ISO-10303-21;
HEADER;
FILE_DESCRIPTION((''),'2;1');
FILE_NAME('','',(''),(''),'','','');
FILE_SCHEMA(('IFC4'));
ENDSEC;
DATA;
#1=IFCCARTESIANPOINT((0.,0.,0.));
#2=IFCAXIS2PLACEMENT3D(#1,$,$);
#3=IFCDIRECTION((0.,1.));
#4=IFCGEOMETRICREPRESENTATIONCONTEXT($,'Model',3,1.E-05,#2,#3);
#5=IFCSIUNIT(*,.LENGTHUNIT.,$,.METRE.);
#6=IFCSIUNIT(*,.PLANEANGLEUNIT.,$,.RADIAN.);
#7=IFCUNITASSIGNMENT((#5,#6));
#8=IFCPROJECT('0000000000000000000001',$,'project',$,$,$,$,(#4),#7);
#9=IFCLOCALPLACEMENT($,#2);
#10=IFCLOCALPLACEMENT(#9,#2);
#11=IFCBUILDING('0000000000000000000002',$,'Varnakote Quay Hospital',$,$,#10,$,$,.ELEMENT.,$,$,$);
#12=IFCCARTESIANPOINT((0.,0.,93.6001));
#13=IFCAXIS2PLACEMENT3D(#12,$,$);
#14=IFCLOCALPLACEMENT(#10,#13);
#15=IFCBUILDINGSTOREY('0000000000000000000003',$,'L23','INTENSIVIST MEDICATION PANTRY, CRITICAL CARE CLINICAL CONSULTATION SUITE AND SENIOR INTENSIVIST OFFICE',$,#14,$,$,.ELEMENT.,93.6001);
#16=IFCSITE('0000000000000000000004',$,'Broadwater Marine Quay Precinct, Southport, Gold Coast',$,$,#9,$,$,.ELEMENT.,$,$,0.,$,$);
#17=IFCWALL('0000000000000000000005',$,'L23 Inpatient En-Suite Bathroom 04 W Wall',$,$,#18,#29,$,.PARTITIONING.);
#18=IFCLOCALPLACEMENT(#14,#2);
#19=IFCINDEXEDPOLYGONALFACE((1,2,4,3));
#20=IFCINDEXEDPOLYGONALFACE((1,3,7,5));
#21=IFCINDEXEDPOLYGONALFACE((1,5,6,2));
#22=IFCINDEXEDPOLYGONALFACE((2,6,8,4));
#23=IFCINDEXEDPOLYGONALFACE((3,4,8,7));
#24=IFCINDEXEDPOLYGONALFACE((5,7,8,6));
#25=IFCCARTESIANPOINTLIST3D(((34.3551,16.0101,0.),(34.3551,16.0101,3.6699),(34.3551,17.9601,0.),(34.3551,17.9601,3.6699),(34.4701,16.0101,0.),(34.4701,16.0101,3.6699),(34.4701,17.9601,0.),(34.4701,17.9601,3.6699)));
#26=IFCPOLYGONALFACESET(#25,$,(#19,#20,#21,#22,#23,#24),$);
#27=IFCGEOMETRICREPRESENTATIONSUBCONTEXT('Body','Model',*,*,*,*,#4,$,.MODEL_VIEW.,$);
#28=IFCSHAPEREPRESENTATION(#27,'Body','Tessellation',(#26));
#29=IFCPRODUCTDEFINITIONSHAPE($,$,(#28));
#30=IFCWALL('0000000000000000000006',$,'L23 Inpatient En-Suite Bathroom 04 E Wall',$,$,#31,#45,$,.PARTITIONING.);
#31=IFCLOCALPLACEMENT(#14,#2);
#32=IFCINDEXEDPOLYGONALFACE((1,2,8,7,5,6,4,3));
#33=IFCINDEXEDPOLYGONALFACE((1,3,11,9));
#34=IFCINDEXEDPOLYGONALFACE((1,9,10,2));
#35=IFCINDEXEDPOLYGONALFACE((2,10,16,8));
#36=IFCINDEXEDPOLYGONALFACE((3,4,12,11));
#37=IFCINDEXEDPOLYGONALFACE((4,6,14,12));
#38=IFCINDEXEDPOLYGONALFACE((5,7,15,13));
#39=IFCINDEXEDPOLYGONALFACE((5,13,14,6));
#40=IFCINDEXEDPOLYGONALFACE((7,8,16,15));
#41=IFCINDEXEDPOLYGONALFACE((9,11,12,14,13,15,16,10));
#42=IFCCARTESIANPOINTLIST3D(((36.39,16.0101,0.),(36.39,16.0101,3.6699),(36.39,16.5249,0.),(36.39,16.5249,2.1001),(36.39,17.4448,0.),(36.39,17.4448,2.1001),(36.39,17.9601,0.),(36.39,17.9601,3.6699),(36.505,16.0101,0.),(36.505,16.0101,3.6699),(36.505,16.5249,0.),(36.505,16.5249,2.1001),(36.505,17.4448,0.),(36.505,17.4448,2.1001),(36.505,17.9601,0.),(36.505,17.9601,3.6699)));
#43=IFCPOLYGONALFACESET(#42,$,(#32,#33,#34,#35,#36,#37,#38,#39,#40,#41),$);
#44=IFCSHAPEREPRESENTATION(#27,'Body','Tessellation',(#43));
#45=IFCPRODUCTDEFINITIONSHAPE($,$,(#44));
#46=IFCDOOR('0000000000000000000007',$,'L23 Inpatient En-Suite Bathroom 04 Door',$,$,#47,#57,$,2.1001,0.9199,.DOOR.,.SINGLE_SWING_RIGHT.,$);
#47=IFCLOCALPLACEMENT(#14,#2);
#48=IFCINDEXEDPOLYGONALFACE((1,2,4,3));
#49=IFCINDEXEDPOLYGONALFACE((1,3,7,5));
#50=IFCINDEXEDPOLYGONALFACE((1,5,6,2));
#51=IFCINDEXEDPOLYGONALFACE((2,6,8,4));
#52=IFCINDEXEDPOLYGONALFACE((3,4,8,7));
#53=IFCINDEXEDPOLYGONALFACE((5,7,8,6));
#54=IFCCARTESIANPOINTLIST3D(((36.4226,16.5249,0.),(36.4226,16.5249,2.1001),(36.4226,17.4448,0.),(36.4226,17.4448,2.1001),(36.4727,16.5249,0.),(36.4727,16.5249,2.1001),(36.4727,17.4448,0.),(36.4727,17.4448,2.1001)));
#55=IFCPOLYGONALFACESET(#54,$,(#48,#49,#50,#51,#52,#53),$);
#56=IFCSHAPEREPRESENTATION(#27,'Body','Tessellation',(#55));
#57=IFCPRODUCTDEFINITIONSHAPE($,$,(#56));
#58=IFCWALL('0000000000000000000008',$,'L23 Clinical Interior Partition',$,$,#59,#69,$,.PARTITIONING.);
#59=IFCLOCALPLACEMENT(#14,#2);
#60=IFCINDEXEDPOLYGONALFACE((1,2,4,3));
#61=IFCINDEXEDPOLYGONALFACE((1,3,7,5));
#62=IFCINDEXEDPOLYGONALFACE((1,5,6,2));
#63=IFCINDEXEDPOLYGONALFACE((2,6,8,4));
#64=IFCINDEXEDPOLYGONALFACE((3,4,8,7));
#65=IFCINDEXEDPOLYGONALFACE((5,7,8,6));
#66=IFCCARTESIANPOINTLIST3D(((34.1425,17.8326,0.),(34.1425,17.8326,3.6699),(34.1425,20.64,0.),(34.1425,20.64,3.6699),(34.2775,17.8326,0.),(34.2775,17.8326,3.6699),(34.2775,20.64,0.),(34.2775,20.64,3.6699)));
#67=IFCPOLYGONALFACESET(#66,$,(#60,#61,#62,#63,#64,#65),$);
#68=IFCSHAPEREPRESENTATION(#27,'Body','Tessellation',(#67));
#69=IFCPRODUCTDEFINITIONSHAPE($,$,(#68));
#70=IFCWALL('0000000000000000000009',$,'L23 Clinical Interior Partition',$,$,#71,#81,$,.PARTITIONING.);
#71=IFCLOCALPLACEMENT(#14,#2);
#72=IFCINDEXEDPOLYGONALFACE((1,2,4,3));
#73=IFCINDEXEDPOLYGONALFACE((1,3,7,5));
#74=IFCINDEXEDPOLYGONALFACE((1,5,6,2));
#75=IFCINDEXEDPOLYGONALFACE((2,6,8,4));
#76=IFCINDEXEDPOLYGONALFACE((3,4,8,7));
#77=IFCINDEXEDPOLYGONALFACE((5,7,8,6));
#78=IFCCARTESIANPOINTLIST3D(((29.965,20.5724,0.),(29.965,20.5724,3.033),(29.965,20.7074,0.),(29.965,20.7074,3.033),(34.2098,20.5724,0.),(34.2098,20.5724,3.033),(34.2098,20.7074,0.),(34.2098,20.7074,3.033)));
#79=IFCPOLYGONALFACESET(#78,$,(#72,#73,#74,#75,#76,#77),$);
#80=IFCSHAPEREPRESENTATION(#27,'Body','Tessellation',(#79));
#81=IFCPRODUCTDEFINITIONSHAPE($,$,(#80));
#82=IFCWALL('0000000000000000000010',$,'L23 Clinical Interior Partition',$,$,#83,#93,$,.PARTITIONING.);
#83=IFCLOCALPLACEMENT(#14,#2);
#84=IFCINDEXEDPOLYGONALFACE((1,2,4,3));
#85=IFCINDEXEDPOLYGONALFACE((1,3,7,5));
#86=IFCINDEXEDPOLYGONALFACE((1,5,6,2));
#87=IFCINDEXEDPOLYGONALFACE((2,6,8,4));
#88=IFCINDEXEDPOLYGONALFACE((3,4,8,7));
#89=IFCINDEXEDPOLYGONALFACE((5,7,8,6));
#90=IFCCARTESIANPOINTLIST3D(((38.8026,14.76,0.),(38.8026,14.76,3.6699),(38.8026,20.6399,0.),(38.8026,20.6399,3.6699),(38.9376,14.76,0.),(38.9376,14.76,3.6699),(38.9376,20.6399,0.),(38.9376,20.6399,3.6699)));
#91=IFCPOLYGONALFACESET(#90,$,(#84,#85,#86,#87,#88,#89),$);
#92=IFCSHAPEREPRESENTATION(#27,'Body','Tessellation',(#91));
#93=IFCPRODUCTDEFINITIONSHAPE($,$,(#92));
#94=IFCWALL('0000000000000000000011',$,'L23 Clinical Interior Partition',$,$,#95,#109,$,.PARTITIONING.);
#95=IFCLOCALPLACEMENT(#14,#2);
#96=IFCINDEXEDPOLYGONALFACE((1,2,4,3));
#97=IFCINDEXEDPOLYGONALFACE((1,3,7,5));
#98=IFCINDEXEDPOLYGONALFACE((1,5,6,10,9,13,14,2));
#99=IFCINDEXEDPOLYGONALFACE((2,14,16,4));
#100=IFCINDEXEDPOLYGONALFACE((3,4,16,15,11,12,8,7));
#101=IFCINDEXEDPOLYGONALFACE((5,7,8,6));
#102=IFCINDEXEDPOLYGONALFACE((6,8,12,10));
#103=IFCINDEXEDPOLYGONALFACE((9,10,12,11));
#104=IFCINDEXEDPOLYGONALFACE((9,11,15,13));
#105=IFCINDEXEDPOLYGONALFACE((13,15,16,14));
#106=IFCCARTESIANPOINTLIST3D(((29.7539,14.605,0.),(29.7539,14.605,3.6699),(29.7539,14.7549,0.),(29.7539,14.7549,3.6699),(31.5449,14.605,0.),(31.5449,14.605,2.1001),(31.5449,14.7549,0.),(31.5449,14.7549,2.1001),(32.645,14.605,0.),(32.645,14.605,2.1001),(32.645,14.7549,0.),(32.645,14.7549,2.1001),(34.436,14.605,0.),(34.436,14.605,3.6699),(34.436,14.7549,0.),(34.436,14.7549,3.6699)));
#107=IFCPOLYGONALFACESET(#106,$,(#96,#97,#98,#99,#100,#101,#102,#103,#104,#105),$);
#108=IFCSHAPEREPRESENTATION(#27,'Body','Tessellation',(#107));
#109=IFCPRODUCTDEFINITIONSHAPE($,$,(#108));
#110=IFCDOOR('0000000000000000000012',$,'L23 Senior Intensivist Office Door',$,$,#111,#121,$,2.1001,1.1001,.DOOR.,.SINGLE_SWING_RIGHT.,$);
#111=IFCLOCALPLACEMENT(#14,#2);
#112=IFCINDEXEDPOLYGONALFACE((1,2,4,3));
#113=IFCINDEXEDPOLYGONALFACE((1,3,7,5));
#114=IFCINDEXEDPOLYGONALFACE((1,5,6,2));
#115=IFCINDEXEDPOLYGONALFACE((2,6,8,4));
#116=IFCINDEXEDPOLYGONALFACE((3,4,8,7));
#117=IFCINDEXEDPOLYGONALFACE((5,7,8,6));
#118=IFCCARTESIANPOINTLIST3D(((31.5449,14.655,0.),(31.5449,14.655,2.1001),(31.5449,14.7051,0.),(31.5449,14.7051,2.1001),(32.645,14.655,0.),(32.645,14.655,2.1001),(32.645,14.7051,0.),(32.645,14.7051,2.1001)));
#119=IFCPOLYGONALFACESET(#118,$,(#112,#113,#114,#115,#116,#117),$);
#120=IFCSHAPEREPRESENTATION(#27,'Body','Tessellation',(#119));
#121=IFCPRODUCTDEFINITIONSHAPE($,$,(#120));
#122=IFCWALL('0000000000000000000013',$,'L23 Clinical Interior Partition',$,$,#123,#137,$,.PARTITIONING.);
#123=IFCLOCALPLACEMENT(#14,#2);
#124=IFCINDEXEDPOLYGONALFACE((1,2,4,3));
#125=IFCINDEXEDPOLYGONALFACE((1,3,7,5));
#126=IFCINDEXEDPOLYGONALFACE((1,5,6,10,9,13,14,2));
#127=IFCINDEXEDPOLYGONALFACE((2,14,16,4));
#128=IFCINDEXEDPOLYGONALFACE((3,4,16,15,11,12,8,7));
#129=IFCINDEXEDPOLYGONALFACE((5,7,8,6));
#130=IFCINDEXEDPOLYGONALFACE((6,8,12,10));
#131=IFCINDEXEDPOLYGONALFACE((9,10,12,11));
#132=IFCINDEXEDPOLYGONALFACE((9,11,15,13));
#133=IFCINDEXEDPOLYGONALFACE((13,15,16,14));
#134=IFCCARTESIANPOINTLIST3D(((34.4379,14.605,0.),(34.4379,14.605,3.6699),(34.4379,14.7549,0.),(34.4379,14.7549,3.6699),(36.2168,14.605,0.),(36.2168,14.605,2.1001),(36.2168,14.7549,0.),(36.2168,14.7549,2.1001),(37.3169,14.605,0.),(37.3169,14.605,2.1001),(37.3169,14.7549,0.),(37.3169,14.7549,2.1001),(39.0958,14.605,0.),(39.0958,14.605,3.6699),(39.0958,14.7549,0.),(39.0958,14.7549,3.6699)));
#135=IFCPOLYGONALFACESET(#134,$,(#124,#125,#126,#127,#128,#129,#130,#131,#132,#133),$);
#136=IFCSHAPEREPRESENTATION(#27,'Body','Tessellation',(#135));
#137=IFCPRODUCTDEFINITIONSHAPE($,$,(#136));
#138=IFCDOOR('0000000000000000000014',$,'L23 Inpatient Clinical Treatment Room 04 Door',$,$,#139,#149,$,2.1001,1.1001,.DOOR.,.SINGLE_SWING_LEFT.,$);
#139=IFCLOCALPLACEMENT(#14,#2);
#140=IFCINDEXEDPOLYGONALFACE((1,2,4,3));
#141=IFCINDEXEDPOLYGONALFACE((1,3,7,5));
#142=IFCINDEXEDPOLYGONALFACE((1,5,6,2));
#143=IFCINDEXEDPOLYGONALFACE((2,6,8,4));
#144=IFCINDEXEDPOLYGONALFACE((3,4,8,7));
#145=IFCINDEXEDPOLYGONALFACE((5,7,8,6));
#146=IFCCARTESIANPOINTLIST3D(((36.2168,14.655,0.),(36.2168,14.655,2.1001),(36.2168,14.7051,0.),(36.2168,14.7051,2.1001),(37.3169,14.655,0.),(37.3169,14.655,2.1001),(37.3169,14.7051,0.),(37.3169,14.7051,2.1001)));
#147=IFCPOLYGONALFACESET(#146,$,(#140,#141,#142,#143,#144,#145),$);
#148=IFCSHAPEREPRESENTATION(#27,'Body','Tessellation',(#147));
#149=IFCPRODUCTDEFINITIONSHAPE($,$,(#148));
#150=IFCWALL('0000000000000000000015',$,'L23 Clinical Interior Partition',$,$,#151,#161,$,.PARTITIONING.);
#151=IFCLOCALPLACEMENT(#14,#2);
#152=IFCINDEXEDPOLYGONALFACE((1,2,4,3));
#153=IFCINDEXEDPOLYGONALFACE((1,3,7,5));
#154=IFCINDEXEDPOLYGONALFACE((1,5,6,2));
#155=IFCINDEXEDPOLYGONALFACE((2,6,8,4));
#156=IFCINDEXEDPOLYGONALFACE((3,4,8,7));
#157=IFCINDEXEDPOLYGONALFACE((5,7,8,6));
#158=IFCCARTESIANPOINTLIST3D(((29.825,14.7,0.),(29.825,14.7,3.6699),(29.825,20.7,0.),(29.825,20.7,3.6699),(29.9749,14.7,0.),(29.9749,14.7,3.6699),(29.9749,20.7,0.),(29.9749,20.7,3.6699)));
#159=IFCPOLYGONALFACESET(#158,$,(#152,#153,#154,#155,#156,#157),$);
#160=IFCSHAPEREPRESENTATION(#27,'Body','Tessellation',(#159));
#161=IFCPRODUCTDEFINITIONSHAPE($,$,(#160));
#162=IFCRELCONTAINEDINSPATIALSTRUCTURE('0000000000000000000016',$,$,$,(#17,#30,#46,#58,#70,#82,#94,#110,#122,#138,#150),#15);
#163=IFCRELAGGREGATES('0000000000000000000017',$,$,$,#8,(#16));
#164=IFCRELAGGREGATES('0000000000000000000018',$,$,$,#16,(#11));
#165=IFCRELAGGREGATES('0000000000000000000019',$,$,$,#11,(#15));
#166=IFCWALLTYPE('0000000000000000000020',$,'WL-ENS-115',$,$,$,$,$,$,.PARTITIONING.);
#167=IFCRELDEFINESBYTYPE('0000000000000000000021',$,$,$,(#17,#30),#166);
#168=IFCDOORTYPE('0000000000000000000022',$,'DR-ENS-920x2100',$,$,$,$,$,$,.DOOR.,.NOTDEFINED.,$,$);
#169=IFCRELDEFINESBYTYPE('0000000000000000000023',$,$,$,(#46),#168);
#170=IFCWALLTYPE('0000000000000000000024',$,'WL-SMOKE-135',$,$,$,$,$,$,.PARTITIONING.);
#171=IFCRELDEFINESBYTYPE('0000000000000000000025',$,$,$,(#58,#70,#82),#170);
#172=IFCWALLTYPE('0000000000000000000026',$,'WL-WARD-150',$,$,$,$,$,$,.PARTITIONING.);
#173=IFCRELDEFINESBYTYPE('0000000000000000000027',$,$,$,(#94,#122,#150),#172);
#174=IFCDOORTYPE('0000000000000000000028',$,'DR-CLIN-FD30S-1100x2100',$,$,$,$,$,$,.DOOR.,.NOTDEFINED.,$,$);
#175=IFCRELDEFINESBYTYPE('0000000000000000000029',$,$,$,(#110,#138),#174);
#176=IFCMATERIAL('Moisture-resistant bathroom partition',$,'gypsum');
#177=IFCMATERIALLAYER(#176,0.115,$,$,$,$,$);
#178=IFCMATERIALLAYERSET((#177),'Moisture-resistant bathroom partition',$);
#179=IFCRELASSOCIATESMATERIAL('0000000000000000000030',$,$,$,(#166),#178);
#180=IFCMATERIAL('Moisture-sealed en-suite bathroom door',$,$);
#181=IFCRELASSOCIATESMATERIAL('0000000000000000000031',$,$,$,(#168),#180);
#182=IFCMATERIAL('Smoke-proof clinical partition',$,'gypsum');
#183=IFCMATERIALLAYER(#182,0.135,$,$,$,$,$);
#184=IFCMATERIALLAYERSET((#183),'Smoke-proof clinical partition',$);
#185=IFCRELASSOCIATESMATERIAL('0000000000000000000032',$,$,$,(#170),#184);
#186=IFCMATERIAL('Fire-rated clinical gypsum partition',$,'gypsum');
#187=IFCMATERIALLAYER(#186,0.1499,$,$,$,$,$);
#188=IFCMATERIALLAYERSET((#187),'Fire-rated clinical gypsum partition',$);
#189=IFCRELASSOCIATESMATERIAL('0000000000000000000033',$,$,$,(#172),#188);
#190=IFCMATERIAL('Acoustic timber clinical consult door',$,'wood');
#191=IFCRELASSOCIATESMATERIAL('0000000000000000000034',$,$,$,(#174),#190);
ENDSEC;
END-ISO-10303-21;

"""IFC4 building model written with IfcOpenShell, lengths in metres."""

from ifc_helpers import new_model, si_unit, direction, frame, frame_2d, origin, place, context, subcontext, project, spatial, rectangle, extrude, material, layer, layer_set, type_object, element, fill, save


model = new_model("IFC4")

# Units and contexts
model_context = context("Model", 3, precision=1e-05, world=origin(), true_north=direction((0.0, 1.0)))
body_context = subcontext(model_context, "Body", "Model", "MODEL_VIEW")
ifc_project = project(units=[si_unit("LENGTHUNIT", "METRE"), si_unit("PLANEANGLEUNIT", "RADIAN")], contexts=[model_context])

# Site, building, storey
site_placement = place(None, origin())
site = spatial("IfcSite", under=ifc_project, at=site_placement, Name="Broadwater Marine Quay Precinct, Southport, Gold Coast", CompositionType="ELEMENT", RefElevation=0.0)
building_placement = place(site_placement, origin())
building = spatial("IfcBuilding", under=site, at=building_placement, Name="Varnakote Quay Hospital", CompositionType="ELEMENT")
storey_placement = place(building_placement, frame((0.0, 0.0, 93.6001)))
storey = spatial("IfcBuildingStorey", under=building, at=storey_placement, Name="L23", Description="INTENSIVIST MEDICATION PANTRY, CRITICAL CARE CLINICAL CONSULTATION SUITE AND SENIOR INTENSIVIST OFFICE", CompositionType="ELEMENT", Elevation=93.6001)

# Wall
ifc_material_1 = material(Name="Moisture-resistant bathroom partition", Category="gypsum")
ifc_layer_1 = layer(ifc_material_1, 0.115)
ifc_layer_set_1 = layer_set([ifc_layer_1], Name="Moisture-resistant bathroom partition")
wall_type_1 = type_object("IfcWallType", Name="WL-ENS-115", PredefinedType="PARTITIONING", material=ifc_layer_set_1)
wall_1_placement = place(storey_placement, frame((34.4126, 16.01, 0.0), z_axis=(0.0, 0.0, 1.0), x_axis=(0.0, 1.0, 0.0)))
element("IfcWall", 1, at=wall_1_placement, inside=storey, type_object=wall_type_1, Name="L23 Inpatient En-Suite Bathroom 04 W Wall", PredefinedType="PARTITIONING", context=body_context, shape_type="SweptSolid", body=[
    extrude(rectangle(XDim=1.95, YDim=0.115, at=frame_2d((0.9751, 0.0))), origin(), (0.0, 0.0, 1.0), 3.6699),
])

# Wall, opening, door
wall_2_placement = place(storey_placement, frame((36.4475, 16.01, 0.0), z_axis=(0.0, 0.0, 1.0), x_axis=(0.0, 1.0, 0.0)))
wall_2 = element("IfcWall", 2, at=wall_2_placement, inside=storey, type_object=wall_type_1, Name="L23 Inpatient En-Suite Bathroom 04 E Wall", PredefinedType="PARTITIONING", context=body_context, shape_type="SweptSolid", body=[
    extrude(rectangle(XDim=1.95, YDim=0.115, at=frame_2d((0.9751, 0.0))), origin(), (0.0, 0.0, 1.0), 3.6699),
])
opening_1_placement = place(wall_2_placement, frame((0.5149, 0.0, 0.0)))
opening_1 = element("IfcOpeningElement", 3, at=opening_1_placement, cuts=wall_2, PredefinedType="OPENING", context=body_context, shape_type="SweptSolid", body=[
    extrude(rectangle(XDim=0.9199, YDim=2.1001, at=frame_2d((0.46, 1.05))), frame((0.0, 0.0674, 0.0), z_axis=(0.0, -1.0, 0.0), x_axis=(1.0, 0.0, 0.0)), (0.0, 0.0, 1.0), 0.135),
])
ifc_material_2 = material(Name="Moisture-sealed en-suite bathroom door")
door_type_1 = type_object("IfcDoorType", Name="DR-ENS-920x2100", OperationType="NOTDEFINED", PredefinedType="DOOR", material=ifc_material_2)
door_1_placement = place(opening_1_placement, origin())
door_1 = element("IfcDoor", 4, at=door_1_placement, inside=storey, type_object=door_type_1, Name="L23 Inpatient En-Suite Bathroom 04 Door", OperationType="SINGLE_SWING_RIGHT", OverallHeight=2.1001, OverallWidth=0.9199, PredefinedType="DOOR", context=body_context, shape_type="SweptSolid", body=[
    extrude(rectangle(XDim=0.9199, YDim=2.1001, at=frame_2d((0.46, 1.05))), frame((0.0, 0.0249, 0.0), z_axis=(0.0, -1.0, 0.0), x_axis=(1.0, 0.0, 0.0)), (0.0, 0.0, 1.0), 0.05),
])
fill(opening_1, door_1)

# Walls
ifc_material_3 = material(Name="Smoke-proof clinical partition", Category="gypsum")
ifc_layer_2 = layer(ifc_material_3, 0.135)
ifc_layer_set_2 = layer_set([ifc_layer_2], Name="Smoke-proof clinical partition")
wall_type_2 = type_object("IfcWallType", Name="WL-SMOKE-135", PredefinedType="PARTITIONING", material=ifc_layer_set_2)
wall_3_placement = place(storey_placement, frame((34.21, 17.8325, 0.0), z_axis=(0.0, 0.0, 1.0), x_axis=(0.0, 1.0, 0.0)))
element("IfcWall", 5, at=wall_3_placement, inside=storey, type_object=wall_type_2, Name="L23 Clinical Interior Partition", PredefinedType="PARTITIONING", context=body_context, shape_type="SweptSolid", body=[
    extrude(rectangle(XDim=2.8074, YDim=0.135, at=frame_2d((1.4038, 0.0))), origin(), (0.0, 0.0, 1.0), 3.6699),
])
wall_4_placement = place(storey_placement, frame((34.21, 20.6399, 0.0), z_axis=(0.0, 0.0, 1.0), x_axis=(-1.0, 0.0, 0.0)))
element("IfcWall", 6, at=wall_4_placement, inside=storey, type_object=wall_type_2, Name="L23 Clinical Interior Partition", PredefinedType="PARTITIONING", context=body_context, shape_type="SweptSolid", body=[
    extrude(rectangle(XDim=4.2449, YDim=0.135, at=frame_2d((2.1226, 0.0))), origin(), (0.0, 0.0, 1.0), 3.033),
])
wall_5_placement = place(storey_placement, frame((38.8701, 14.76, 0.0), z_axis=(0.0, 0.0, 1.0), x_axis=(0.0, 1.0, 0.0)))
element("IfcWall", 7, at=wall_5_placement, inside=storey, type_object=wall_type_2, Name="L23 Clinical Interior Partition", PredefinedType="PARTITIONING", context=body_context, shape_type="SweptSolid", body=[
    extrude(rectangle(XDim=5.8799, YDim=0.135, at=frame_2d((2.9399, 0.0))), origin(), (0.0, 0.0, 1.0), 3.6699),
])

# Walls, openings, doors
ifc_material_4 = material(Name="Fire-rated clinical gypsum partition", Category="gypsum")
ifc_layer_3 = layer(ifc_material_4, 0.1499)
ifc_layer_set_3 = layer_set([ifc_layer_3], Name="Fire-rated clinical gypsum partition")
wall_type_3 = type_object("IfcWallType", Name="WL-WARD-150", PredefinedType="PARTITIONING", material=ifc_layer_set_3)
wall_6_placement = place(storey_placement, frame((34.436, 14.6799, 0.0), z_axis=(0.0, 0.0, 1.0), x_axis=(-1.0, 0.0, 0.0)))
wall_6 = element("IfcWall", 8, at=wall_6_placement, inside=storey, type_object=wall_type_3, Name="L23 Clinical Interior Partition", PredefinedType="PARTITIONING", context=body_context, shape_type="SweptSolid", body=[
    extrude(rectangle(XDim=4.6821, YDim=0.1499, at=frame_2d((2.3411, 0.0))), origin(), (0.0, 0.0, 1.0), 3.6699),
])
opening_2_placement = place(wall_6_placement, frame((1.791, 0.0, 0.0)))
opening_2 = element("IfcOpeningElement", 9, at=opening_2_placement, cuts=wall_6, PredefinedType="OPENING", context=body_context, shape_type="SweptSolid", body=[
    extrude(rectangle(XDim=1.1001, YDim=2.1001, at=frame_2d((0.55, 1.05))), frame((0.0, 0.085, 0.0), z_axis=(0.0, -1.0, 0.0), x_axis=(1.0, 0.0, 0.0)), (0.0, 0.0, 1.0), 0.1699),
])
ifc_material_5 = material(Name="Acoustic timber clinical consult door", Category="wood")
door_type_2 = type_object("IfcDoorType", Name="DR-CLIN-FD30S-1100x2100", OperationType="NOTDEFINED", PredefinedType="DOOR", material=ifc_material_5)
door_2_placement = place(opening_2_placement, origin())
door_2 = element("IfcDoor", 10, at=door_2_placement, inside=storey, type_object=door_type_2, Name="L23 Senior Intensivist Office Door", OperationType="SINGLE_SWING_RIGHT", OverallHeight=2.1001, OverallWidth=1.1001, PredefinedType="DOOR", context=body_context, shape_type="SweptSolid", body=[
    extrude(rectangle(XDim=1.1001, YDim=2.1001, at=frame_2d((0.55, 1.05))), frame((0.0, 0.0249, 0.0), z_axis=(0.0, -1.0, 0.0), x_axis=(1.0, 0.0, 0.0)), (0.0, 0.0, 1.0), 0.05),
])
fill(opening_2, door_2)
wall_7_placement = place(storey_placement, frame((39.0959, 14.6799, 0.0), z_axis=(0.0, 0.0, 1.0), x_axis=(-1.0, 0.0, 0.0)))
wall_7 = element("IfcWall", 11, at=wall_7_placement, inside=storey, type_object=wall_type_3, Name="L23 Clinical Interior Partition", PredefinedType="PARTITIONING", context=body_context, shape_type="SweptSolid", body=[
    extrude(rectangle(XDim=4.658, YDim=0.1499, at=frame_2d((2.3291, 0.0))), origin(), (0.0, 0.0, 1.0), 3.6699),
])
opening_3_placement = place(wall_7_placement, frame((1.7791, 0.0, 0.0)))
opening_3 = element("IfcOpeningElement", 12, at=opening_3_placement, cuts=wall_7, PredefinedType="OPENING", context=body_context, shape_type="SweptSolid", body=[
    extrude(rectangle(XDim=1.1001, YDim=2.1001, at=frame_2d((0.55, 1.05))), frame((0.0, 0.085, 0.0), z_axis=(0.0, -1.0, 0.0), x_axis=(1.0, 0.0, 0.0)), (0.0, 0.0, 1.0), 0.1699),
])
door_3_placement = place(opening_3_placement, origin())
door_3 = element("IfcDoor", 13, at=door_3_placement, inside=storey, type_object=door_type_2, Name="L23 Inpatient Clinical Treatment Room 04 Door", OperationType="SINGLE_SWING_LEFT", OverallHeight=2.1001, OverallWidth=1.1001, PredefinedType="DOOR", context=body_context, shape_type="SweptSolid", body=[
    extrude(rectangle(XDim=1.1001, YDim=2.1001, at=frame_2d((0.55, 1.05))), frame((0.0, 0.0249, 0.0), z_axis=(0.0, -1.0, 0.0), x_axis=(1.0, 0.0, 0.0)), (0.0, 0.0, 1.0), 0.05),
])
fill(opening_3, door_3)

# Wall
wall_8_placement = place(storey_placement, frame((29.8999, 14.7, 0.0), z_axis=(0.0, 0.0, 1.0), x_axis=(0.0, 1.0, 0.0)))
element("IfcWall", 14, at=wall_8_placement, inside=storey, type_object=wall_type_3, Name="L23 Clinical Interior Partition", PredefinedType="PARTITIONING", context=body_context, shape_type="SweptSolid", body=[
    extrude(rectangle(XDim=6.0, YDim=0.1499, at=frame_2d((3.0, 0.0))), origin(), (0.0, 0.0, 1.0), 3.6699),
])

save(model, "model.ifc")
